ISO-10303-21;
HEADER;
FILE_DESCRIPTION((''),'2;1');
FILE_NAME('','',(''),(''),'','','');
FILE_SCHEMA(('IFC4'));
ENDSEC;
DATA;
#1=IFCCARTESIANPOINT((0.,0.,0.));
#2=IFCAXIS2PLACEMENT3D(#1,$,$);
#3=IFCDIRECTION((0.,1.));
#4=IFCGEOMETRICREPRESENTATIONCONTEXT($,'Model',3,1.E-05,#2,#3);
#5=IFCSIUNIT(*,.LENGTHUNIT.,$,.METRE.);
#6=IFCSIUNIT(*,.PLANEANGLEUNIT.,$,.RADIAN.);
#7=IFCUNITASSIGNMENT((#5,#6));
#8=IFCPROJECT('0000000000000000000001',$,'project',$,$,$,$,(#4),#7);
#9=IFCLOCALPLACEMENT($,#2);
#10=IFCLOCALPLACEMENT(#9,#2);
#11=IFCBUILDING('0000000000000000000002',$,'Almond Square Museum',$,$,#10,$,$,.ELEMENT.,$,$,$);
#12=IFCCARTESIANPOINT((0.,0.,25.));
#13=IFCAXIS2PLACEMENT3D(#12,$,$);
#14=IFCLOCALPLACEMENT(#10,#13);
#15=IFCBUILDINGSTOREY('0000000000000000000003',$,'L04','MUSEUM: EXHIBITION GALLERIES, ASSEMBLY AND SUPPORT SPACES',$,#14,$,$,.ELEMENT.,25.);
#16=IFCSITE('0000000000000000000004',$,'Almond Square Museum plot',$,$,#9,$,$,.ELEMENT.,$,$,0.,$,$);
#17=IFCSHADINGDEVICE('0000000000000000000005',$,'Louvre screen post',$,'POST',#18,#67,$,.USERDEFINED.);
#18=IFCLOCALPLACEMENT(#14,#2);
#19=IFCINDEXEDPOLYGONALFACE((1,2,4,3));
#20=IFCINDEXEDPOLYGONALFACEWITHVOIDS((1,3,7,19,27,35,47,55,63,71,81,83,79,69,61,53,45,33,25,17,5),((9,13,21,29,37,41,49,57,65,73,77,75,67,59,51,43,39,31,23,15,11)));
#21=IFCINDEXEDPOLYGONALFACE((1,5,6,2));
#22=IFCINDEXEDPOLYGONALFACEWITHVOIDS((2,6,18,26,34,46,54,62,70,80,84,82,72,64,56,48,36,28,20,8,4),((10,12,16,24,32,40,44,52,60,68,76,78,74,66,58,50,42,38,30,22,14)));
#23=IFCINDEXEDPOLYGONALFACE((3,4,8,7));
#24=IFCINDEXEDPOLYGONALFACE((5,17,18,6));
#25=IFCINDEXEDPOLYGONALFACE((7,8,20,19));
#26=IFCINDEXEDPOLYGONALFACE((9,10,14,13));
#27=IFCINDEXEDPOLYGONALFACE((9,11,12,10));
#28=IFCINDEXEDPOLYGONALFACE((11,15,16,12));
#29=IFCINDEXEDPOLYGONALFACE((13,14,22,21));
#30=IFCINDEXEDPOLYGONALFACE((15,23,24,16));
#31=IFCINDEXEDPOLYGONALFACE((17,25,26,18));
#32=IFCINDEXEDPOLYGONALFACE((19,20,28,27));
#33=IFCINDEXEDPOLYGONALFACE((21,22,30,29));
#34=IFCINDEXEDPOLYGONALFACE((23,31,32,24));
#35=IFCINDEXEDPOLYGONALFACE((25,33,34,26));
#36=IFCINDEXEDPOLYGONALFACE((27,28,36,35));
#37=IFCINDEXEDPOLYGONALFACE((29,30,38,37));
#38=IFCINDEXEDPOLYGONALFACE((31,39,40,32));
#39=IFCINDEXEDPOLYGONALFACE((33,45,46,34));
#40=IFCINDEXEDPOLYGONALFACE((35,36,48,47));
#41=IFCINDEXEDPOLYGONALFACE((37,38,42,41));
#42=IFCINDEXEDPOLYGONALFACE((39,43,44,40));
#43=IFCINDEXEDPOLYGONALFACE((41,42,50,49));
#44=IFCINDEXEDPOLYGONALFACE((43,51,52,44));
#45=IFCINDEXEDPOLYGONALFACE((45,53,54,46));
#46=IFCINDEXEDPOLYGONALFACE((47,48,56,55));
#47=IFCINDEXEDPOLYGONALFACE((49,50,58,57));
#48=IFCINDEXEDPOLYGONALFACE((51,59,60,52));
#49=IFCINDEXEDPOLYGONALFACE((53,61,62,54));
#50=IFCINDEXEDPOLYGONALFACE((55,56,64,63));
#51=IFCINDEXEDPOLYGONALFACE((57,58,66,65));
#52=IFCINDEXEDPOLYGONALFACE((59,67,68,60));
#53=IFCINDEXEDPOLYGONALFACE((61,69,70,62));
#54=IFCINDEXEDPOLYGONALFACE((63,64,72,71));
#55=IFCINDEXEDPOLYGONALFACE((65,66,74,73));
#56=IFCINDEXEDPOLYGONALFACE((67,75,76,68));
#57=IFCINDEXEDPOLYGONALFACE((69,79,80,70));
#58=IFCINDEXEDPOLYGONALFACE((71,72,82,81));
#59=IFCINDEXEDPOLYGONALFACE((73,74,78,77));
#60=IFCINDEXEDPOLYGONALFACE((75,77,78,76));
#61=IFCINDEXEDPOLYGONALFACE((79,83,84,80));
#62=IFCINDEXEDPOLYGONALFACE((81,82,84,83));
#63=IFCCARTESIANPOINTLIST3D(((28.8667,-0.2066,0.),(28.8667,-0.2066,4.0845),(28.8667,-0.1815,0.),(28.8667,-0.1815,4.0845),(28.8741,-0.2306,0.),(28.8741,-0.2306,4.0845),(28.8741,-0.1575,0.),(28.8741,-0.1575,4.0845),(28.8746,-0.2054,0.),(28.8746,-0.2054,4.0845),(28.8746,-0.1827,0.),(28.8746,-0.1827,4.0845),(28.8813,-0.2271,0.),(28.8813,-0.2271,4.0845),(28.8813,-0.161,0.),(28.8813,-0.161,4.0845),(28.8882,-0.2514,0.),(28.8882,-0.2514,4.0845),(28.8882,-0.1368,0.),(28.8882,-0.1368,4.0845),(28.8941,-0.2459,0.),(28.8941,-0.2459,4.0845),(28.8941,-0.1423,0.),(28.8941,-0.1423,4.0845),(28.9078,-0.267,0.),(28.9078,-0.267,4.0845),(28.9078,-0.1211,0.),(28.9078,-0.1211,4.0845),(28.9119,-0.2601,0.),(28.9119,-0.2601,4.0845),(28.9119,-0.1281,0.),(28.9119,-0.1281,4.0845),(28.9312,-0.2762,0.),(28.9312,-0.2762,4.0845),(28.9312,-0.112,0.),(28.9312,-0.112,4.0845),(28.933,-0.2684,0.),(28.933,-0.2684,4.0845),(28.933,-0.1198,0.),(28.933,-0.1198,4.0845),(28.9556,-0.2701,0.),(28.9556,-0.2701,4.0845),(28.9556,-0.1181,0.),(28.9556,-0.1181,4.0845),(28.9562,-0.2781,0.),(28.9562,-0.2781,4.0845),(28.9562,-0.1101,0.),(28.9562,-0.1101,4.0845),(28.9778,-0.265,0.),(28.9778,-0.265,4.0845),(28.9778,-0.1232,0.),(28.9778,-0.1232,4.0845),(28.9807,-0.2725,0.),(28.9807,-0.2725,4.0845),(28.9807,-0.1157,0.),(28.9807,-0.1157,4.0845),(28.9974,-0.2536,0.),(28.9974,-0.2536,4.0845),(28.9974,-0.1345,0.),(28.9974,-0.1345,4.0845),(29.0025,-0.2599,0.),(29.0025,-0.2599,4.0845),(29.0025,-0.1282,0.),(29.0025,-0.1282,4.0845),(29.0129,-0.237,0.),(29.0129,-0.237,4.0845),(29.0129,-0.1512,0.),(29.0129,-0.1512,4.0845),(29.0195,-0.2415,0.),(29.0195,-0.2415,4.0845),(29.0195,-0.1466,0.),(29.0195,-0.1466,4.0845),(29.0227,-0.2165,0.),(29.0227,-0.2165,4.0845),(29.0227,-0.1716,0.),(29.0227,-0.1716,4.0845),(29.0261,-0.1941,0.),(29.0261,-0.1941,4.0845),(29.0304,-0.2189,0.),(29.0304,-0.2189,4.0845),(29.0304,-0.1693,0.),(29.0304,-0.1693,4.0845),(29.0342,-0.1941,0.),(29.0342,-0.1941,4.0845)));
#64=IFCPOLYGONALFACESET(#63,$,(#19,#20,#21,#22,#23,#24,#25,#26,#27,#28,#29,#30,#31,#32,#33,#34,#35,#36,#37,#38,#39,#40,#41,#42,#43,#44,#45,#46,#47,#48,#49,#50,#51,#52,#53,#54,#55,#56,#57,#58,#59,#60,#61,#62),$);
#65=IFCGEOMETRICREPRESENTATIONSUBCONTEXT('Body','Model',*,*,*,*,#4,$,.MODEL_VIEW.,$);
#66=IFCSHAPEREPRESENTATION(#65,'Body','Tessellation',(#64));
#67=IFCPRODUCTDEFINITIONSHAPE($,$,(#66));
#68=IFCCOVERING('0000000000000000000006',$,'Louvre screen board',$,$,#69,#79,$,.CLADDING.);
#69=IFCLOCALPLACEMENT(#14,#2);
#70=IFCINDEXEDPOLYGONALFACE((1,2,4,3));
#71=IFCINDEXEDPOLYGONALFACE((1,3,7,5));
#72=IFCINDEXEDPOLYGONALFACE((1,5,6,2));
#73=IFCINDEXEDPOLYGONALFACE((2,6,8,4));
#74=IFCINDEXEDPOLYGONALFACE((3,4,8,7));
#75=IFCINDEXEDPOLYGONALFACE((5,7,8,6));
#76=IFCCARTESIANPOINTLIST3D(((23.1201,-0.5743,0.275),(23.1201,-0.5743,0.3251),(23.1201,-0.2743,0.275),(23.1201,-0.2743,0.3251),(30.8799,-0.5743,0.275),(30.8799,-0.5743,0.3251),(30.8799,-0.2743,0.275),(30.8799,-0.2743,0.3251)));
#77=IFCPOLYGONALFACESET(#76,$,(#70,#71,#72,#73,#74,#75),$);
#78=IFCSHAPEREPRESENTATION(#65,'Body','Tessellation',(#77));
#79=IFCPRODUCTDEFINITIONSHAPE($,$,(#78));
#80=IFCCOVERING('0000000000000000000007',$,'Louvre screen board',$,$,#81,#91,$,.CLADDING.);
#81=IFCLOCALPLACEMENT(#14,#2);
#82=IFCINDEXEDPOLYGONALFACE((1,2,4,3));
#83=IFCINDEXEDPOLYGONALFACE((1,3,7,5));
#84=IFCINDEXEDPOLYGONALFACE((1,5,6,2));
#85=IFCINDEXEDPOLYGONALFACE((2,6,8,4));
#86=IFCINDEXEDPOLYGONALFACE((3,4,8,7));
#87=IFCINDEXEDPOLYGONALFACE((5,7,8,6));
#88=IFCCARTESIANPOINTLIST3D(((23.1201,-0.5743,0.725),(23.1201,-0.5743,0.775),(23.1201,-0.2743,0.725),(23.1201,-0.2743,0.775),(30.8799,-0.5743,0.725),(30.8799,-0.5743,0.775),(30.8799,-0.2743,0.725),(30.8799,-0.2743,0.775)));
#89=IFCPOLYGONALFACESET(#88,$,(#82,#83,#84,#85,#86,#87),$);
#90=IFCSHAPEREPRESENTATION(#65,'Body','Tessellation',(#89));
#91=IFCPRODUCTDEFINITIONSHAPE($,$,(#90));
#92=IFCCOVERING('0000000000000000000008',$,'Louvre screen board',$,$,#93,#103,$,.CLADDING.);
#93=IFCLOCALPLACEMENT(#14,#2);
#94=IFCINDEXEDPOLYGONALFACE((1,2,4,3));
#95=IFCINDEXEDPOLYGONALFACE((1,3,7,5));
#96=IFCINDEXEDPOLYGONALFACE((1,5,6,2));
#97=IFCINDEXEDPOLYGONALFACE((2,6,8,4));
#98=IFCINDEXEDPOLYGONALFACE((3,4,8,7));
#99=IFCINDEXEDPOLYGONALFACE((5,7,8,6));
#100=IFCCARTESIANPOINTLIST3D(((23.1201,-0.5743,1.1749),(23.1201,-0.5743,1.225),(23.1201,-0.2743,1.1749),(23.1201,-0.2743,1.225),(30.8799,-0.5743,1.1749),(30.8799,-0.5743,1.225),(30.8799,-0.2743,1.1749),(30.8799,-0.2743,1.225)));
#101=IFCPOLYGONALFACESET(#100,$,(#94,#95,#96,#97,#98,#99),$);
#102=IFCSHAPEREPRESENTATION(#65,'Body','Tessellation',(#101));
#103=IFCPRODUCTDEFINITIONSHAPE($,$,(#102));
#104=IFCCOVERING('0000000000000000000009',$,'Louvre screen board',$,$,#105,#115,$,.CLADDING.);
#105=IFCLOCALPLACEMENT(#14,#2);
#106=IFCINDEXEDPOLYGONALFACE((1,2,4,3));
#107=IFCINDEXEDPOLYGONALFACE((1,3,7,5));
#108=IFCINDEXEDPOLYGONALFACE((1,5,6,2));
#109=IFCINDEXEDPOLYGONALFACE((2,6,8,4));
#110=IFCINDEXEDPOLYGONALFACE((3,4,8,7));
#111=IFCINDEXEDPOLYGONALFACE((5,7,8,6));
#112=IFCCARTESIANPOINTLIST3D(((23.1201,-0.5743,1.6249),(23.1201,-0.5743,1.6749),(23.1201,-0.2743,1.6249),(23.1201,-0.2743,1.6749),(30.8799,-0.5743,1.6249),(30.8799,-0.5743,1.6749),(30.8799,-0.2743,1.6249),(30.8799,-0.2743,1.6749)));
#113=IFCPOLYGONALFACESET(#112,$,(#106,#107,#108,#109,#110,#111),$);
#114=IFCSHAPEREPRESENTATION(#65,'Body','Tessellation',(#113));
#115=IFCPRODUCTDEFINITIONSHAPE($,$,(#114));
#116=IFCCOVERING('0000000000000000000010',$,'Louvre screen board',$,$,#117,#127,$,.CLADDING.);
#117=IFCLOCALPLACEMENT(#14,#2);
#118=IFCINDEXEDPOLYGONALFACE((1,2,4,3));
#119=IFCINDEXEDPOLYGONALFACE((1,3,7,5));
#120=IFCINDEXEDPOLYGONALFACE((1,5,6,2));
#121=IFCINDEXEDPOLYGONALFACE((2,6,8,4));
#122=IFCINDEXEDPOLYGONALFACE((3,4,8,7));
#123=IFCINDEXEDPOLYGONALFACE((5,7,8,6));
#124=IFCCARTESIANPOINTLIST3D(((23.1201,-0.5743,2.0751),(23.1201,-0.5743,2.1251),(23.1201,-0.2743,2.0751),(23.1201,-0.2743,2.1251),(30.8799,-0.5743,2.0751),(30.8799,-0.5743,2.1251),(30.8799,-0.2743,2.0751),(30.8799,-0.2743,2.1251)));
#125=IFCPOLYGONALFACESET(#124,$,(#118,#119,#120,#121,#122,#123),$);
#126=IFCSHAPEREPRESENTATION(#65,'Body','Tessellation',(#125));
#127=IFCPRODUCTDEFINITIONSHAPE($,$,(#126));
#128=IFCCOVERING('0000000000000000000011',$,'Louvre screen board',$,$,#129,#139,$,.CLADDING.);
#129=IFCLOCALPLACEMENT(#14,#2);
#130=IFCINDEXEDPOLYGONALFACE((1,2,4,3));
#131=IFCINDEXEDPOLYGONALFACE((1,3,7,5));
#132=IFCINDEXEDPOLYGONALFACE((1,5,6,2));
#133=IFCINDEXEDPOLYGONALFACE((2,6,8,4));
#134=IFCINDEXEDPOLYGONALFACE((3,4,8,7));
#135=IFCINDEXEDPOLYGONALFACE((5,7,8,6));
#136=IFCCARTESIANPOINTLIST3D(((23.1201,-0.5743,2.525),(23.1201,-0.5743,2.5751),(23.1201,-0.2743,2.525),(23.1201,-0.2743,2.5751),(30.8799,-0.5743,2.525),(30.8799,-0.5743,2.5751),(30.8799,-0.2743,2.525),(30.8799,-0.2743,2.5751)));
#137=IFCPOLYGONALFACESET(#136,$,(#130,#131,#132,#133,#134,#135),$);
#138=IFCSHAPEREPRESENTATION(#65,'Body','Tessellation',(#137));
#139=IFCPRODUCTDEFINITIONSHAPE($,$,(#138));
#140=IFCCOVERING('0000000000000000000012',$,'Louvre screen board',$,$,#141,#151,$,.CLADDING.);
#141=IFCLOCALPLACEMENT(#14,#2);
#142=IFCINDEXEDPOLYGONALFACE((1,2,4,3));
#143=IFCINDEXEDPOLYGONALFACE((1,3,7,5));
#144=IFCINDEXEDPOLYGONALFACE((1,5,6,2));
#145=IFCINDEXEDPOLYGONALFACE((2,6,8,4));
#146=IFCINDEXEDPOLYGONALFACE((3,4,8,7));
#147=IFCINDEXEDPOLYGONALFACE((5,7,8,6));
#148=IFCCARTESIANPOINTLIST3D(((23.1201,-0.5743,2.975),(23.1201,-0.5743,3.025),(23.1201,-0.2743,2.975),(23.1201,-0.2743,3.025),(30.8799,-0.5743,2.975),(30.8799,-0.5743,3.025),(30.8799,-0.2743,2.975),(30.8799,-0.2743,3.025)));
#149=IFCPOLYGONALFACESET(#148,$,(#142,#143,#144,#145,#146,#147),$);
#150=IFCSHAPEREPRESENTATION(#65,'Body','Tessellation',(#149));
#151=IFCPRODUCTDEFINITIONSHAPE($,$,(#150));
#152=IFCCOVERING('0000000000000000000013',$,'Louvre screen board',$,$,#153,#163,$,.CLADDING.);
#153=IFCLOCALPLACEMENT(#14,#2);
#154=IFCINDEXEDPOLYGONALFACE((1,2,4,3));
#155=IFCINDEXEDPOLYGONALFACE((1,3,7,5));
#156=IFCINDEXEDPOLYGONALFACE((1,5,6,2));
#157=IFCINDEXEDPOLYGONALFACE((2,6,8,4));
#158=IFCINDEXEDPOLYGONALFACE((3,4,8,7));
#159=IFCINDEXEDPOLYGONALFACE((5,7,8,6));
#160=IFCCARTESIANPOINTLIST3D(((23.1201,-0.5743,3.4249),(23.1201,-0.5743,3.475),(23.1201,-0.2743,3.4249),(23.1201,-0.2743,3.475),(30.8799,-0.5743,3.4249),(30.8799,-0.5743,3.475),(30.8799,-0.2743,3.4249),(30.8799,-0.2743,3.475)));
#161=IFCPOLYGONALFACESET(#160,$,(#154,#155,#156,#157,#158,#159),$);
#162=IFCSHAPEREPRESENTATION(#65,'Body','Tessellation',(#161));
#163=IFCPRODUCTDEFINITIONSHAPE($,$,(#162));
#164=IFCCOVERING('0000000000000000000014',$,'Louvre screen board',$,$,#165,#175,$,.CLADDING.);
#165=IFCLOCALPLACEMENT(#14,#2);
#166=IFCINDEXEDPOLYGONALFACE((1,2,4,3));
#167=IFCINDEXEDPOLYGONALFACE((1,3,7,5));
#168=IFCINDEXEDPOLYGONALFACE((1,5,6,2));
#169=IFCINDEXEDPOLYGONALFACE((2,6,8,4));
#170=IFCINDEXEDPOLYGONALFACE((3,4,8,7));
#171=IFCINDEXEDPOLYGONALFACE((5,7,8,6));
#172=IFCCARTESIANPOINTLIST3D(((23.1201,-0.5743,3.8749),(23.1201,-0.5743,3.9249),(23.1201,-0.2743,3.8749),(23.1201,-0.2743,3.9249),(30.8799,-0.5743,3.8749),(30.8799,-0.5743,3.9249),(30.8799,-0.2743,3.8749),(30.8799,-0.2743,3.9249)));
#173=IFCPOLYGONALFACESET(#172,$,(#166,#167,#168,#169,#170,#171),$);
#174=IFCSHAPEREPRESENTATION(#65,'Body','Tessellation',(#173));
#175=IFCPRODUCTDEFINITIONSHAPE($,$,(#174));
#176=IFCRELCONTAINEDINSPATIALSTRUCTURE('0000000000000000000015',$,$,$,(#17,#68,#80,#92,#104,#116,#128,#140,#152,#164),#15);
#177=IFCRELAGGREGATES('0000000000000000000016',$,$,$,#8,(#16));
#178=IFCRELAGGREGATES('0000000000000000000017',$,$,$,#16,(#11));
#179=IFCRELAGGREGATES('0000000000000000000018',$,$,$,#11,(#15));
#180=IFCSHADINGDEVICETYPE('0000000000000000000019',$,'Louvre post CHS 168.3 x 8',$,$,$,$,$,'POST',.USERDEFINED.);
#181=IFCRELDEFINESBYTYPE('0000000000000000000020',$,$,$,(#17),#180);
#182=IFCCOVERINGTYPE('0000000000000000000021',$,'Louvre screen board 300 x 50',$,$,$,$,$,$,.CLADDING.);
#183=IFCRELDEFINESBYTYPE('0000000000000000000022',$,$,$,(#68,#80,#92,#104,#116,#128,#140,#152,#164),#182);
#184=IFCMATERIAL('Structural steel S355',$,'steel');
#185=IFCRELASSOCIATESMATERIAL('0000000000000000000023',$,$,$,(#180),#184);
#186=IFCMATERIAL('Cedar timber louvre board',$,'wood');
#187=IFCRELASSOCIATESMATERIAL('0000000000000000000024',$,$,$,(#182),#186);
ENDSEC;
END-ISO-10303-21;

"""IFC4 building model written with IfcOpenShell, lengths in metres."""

from ifc_helpers import new_model, si_unit, direction, frame, origin, origin_2d, place, context, subcontext, project, spatial, rectangle, hollow_circle, extrude, material, material_profile, profile_set, type_object, element, save


model = new_model("IFC4")

# Units and contexts
model_context = context("Model", 3, precision=1e-05, world=origin(), true_north=direction((0.0, 1.0)))
body_context = subcontext(model_context, "Body", "Model", "MODEL_VIEW")
ifc_project = project(units=[si_unit("LENGTHUNIT", "METRE"), si_unit("PLANEANGLEUNIT", "RADIAN")], contexts=[model_context])

# Site, building, storey
site_placement = place(None, origin())
site = spatial("IfcSite", under=ifc_project, at=site_placement, Name="Almond Square Museum plot", CompositionType="ELEMENT", RefElevation=0.0)
building_placement = place(site_placement, origin())
building = spatial("IfcBuilding", under=site, at=building_placement, Name="Almond Square Museum", CompositionType="ELEMENT")
storey_placement = place(building_placement, frame((0.0, 0.0, 25.0)))
storey = spatial("IfcBuildingStorey", under=building, at=storey_placement, Name="L04", Description="MUSEUM: EXHIBITION GALLERIES, ASSEMBLY AND SUPPORT SPACES", CompositionType="ELEMENT", Elevation=25.0)

# Shading device
ifc_material_1 = material(Name="Structural steel S355", Category="steel")
ifc_material_profile_1 = material_profile(ifc_material_1, hollow_circle(Radius=0.0842, WallThickness=0.0081, at=origin_2d()))
ifc_profile_set_1 = profile_set([ifc_material_profile_1], Name="Structural steel S355")
shading_device_type = type_object("IfcShadingDeviceType", Name="Louvre post CHS 168.3 x 8", ElementType="POST", PredefinedType="USERDEFINED", material=ifc_profile_set_1)
for number, where, z_axis, x_axis, name in (
    (1, (28.95, -0.1941, 0.0), (0.0, 0.0, 1.0), (1.0, 0.0, 0.0), "Louvre screen post"),
):
    element("IfcShadingDevice", number, at=place(storey_placement, frame(where, z_axis=z_axis, x_axis=x_axis)), inside=storey, type_object=shading_device_type, Name=name, ObjectType="POST", PredefinedType="USERDEFINED", context=body_context, shape_type="SweptSolid", body=[
        extrude(hollow_circle(Radius=0.0842, WallThickness=0.0081, at=origin_2d()), origin(), (0.0, 0.0, 1.0), 4.0845),
    ])

# Coverings
ifc_material_2 = material(Name="Cedar timber louvre board", Category="wood")
ifc_material_profile_2 = material_profile(ifc_material_2, rectangle(XDim=0.3, YDim=0.05, at=origin_2d()))
ifc_profile_set_2 = profile_set([ifc_material_profile_2], Name="Cedar timber louvre board")
covering_type = type_object("IfcCoveringType", Name="Louvre screen board 300 x 50", PredefinedType="CLADDING", material=ifc_profile_set_2)
for number, where, z_axis, x_axis, name in (
    (2, (23.1201, -0.4243, 0.3), (1.0, 0.0, 0.0), (0.0, 1.0, 0.0), "Louvre screen board"),
    (3, (23.1201, -0.4243, 0.75), (1.0, 0.0, 0.0), (0.0, 1.0, 0.0), "Louvre screen board"),
    (4, (23.1201, -0.4243, 1.2), (1.0, 0.0, 0.0), (0.0, 1.0, 0.0), "Louvre screen board"),
    (5, (23.1201, -0.4243, 1.6499), (1.0, 0.0, 0.0), (0.0, 1.0, 0.0), "Louvre screen board"),
    (6, (23.1201, -0.4243, 2.1001), (1.0, 0.0, 0.0), (0.0, 1.0, 0.0), "Louvre screen board"),
    (7, (23.1201, -0.4243, 2.55), (1.0, 0.0, 0.0), (0.0, 1.0, 0.0), "Louvre screen board"),
    (8, (23.1201, -0.4243, 3.0), (1.0, 0.0, 0.0), (0.0, 1.0, 0.0), "Louvre screen board"),
    (9, (23.1201, -0.4243, 3.45), (1.0, 0.0, 0.0), (0.0, 1.0, 0.0), "Louvre screen board"),
    (10, (23.1201, -0.4243, 3.8999), (1.0, 0.0, 0.0), (0.0, 1.0, 0.0), "Louvre screen board"),
):
    element("IfcCovering", number, at=place(storey_placement, frame(where, z_axis=z_axis, x_axis=x_axis)), inside=storey, type_object=covering_type, Name=name, PredefinedType="CLADDING", context=body_context, shape_type="SweptSolid", body=[
        extrude(rectangle(XDim=0.3, YDim=0.05, at=origin_2d()), origin(), (0.0, 0.0, 1.0), 7.7598),
    ])

save(model, "model.ifc")
